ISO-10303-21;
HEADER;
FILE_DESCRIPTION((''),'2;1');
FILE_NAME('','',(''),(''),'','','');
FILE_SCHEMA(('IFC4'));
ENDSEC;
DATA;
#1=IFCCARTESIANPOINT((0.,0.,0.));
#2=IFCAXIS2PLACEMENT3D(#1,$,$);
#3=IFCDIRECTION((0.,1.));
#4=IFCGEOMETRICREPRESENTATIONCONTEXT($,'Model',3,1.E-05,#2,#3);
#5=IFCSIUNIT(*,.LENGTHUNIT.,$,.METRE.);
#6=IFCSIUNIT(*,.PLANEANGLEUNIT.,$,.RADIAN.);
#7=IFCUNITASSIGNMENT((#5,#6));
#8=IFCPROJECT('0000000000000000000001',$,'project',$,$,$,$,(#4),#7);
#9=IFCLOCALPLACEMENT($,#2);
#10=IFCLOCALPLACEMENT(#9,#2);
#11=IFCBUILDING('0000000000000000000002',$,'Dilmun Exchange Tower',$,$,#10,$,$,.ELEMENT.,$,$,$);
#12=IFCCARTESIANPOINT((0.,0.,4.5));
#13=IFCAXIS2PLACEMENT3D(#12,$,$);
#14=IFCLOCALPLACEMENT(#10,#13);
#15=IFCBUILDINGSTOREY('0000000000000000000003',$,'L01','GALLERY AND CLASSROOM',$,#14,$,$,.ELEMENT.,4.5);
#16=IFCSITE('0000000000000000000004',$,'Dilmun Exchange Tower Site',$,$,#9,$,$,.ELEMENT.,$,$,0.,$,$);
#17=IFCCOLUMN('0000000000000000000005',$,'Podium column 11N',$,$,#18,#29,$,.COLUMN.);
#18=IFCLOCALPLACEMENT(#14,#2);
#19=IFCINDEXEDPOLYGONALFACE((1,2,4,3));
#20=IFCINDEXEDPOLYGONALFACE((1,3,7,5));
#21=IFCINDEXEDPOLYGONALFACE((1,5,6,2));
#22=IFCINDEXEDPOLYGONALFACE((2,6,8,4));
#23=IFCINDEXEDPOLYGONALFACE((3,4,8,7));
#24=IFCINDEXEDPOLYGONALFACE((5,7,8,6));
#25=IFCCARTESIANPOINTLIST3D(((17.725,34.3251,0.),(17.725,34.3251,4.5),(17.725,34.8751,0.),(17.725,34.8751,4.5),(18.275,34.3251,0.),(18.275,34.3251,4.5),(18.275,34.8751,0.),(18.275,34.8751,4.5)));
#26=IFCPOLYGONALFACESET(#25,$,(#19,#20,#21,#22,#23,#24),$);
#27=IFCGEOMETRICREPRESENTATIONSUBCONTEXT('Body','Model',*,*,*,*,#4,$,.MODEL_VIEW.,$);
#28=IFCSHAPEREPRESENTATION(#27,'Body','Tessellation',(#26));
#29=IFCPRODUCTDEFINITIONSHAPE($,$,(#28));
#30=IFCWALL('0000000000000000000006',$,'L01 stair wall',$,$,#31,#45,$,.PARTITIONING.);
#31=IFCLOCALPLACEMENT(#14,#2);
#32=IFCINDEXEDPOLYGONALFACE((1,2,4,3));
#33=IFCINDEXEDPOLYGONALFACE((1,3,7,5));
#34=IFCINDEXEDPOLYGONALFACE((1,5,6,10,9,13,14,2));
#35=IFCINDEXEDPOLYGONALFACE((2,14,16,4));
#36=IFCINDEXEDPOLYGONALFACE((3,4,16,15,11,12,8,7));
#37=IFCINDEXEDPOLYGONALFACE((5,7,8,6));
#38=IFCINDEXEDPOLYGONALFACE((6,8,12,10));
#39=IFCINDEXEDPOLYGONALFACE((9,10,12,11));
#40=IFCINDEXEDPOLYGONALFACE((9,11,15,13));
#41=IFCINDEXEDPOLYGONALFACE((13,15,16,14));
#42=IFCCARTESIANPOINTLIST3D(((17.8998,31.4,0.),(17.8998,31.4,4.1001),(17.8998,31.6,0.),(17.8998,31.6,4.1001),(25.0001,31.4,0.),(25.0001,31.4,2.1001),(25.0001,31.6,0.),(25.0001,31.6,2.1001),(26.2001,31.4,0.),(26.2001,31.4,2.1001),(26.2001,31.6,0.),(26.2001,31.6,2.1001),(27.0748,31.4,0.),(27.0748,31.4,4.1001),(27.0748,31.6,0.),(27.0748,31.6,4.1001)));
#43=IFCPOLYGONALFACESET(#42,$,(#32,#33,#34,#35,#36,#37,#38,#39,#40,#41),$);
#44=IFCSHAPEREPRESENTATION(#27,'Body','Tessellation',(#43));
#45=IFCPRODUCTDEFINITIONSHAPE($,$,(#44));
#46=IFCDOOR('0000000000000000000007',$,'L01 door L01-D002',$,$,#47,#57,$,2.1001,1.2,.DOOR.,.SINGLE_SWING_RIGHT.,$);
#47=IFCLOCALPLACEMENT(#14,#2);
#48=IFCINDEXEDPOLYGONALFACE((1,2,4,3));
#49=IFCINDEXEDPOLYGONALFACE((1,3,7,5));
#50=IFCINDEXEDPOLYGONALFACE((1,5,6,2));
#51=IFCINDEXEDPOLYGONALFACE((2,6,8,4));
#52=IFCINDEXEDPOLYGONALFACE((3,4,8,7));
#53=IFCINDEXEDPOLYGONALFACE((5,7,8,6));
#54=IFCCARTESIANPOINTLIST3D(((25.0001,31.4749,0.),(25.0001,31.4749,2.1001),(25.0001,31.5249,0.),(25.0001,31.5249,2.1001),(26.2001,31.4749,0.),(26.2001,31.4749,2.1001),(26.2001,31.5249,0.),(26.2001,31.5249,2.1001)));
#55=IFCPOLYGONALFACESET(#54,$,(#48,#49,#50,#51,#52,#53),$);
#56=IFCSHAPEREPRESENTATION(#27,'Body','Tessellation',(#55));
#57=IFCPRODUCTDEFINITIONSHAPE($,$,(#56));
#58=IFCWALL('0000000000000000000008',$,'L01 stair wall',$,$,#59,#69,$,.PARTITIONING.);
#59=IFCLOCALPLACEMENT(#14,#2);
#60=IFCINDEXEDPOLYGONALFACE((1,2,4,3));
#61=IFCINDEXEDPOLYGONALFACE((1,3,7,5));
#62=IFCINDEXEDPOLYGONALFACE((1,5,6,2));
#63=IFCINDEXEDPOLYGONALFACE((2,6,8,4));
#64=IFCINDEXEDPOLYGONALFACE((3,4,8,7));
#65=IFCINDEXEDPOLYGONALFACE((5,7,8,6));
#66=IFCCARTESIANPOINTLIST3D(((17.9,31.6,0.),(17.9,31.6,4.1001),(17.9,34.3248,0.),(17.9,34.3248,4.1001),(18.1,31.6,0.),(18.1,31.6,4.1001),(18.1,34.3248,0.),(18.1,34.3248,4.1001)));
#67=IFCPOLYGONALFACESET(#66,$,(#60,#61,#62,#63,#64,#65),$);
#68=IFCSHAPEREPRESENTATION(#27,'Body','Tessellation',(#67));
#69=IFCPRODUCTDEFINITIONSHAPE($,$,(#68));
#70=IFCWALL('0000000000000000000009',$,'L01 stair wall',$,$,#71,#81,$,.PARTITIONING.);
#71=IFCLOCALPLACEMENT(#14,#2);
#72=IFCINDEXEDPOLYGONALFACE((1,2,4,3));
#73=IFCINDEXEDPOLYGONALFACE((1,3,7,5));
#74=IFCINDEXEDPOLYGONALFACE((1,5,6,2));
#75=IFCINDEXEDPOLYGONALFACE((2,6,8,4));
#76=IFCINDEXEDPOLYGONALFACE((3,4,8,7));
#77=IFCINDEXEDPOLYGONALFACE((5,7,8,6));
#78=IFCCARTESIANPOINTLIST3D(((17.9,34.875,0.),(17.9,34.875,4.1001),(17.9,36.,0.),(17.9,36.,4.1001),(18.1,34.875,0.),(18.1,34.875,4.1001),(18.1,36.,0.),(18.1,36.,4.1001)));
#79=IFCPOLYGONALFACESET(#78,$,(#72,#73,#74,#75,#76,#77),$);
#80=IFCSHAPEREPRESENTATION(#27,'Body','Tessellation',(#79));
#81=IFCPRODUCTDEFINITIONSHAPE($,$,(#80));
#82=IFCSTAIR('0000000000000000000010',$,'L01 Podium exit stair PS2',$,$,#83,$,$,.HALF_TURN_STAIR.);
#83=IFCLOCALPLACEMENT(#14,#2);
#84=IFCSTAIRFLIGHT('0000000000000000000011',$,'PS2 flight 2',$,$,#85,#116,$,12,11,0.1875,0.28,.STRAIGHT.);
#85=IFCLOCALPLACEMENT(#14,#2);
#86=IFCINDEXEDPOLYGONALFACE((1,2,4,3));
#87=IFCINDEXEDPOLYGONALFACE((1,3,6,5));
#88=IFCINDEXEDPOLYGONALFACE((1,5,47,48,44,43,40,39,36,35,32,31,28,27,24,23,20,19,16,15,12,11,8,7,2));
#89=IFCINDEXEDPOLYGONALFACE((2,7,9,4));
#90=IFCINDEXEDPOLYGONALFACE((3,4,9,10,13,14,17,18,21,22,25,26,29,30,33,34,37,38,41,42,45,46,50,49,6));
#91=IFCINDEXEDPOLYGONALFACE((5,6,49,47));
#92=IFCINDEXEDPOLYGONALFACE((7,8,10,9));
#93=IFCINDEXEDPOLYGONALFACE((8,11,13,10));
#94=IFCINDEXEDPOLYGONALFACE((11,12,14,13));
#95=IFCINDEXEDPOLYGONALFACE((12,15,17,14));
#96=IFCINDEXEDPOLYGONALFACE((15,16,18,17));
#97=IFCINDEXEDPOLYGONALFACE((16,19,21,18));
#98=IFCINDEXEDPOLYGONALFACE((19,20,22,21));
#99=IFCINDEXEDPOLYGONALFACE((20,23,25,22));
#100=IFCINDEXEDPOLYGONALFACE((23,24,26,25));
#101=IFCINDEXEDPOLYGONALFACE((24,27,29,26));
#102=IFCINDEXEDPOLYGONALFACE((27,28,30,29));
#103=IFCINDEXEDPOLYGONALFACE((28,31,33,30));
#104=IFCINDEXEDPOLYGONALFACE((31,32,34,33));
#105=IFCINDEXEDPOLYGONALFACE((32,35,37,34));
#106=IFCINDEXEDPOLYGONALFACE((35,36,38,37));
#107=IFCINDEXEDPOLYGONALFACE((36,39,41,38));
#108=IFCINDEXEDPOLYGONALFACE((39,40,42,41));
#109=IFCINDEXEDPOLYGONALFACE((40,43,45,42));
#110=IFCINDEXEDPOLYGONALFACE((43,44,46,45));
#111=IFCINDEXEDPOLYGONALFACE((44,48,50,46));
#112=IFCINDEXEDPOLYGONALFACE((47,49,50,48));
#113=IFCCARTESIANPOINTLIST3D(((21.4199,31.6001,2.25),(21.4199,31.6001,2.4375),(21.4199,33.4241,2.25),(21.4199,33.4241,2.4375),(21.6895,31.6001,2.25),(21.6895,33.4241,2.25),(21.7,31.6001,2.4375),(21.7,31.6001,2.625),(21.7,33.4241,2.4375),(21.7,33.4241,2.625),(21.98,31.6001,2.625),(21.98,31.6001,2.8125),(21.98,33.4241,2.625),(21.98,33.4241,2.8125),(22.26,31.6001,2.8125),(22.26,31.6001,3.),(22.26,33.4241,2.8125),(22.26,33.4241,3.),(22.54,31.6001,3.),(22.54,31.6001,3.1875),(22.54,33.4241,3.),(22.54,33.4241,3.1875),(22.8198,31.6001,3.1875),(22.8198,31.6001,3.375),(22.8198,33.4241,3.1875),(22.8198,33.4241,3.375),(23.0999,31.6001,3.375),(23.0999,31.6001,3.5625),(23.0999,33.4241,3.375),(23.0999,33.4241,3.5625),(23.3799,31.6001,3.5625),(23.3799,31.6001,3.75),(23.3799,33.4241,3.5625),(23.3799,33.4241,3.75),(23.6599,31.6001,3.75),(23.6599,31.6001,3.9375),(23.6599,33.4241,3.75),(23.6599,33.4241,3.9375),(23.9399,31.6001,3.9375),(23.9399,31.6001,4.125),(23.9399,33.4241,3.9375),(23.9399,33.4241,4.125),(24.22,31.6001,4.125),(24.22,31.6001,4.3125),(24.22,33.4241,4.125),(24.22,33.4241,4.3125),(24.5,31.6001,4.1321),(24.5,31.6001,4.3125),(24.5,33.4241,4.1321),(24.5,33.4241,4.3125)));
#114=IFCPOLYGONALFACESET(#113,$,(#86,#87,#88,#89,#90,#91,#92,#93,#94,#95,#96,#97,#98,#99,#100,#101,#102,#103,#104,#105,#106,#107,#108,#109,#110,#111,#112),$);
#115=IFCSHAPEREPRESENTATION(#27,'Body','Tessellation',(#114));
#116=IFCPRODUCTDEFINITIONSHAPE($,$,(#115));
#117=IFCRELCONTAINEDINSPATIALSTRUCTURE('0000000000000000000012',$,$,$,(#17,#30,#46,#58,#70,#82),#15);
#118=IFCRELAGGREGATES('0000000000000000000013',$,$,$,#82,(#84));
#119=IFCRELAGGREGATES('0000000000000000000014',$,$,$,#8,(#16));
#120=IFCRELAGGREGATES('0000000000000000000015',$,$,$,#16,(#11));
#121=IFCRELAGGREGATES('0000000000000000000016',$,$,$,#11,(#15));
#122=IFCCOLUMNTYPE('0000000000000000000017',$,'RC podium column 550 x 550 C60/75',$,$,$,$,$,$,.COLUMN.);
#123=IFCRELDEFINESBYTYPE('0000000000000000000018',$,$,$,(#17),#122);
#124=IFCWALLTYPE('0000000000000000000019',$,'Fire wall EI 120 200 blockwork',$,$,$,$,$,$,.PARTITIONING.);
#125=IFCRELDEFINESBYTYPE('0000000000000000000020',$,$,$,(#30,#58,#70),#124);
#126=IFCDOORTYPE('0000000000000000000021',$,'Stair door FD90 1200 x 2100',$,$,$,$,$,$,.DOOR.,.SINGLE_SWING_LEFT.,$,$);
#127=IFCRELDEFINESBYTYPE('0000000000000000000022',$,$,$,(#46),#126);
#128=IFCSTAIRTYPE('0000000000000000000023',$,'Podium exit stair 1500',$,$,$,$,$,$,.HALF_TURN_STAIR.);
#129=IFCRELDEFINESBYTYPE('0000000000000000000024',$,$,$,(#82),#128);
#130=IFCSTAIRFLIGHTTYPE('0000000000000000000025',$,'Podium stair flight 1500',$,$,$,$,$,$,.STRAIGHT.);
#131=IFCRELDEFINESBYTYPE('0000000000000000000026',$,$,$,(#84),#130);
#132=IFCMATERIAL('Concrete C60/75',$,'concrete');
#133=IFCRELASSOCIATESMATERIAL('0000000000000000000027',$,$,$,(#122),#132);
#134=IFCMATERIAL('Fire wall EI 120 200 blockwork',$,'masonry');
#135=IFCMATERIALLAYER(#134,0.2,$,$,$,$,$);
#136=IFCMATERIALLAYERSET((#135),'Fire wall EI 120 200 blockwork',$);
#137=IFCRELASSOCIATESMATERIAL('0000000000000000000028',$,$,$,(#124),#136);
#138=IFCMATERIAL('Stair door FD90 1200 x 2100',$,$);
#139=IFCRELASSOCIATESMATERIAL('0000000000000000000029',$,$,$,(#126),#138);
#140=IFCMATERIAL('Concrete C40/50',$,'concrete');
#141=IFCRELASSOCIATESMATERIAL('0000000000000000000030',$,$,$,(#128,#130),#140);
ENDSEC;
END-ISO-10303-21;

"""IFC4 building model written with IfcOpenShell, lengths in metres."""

from ifc_helpers import new_model, si_unit, direction, frame, frame_2d, origin, origin_2d, place, context, subcontext, project, spatial, polyline, rectangle, outline, extrude, material, layer, layer_set, material_profile, profile_set, type_object, element, fill, aggregate, save


model = new_model("IFC4")

# Units and contexts
model_context = context("Model", 3, precision=1e-05, world=origin(), true_north=direction((0.0, 1.0)))
body_context = subcontext(model_context, "Body", "Model", "MODEL_VIEW")
ifc_project = project(units=[si_unit("LENGTHUNIT", "METRE"), si_unit("PLANEANGLEUNIT", "RADIAN")], contexts=[model_context])

# Site, building, storey
site_placement = place(None, origin())
site = spatial("IfcSite", under=ifc_project, at=site_placement, Name="Dilmun Exchange Tower Site", CompositionType="ELEMENT", RefElevation=0.0)
building_placement = place(site_placement, origin())
building = spatial("IfcBuilding", under=site, at=building_placement, Name="Dilmun Exchange Tower", CompositionType="ELEMENT")
storey_placement = place(building_placement, frame((0.0, 0.0, 4.5)))
storey = spatial("IfcBuildingStorey", under=building, at=storey_placement, Name="L01", Description="GALLERY AND CLASSROOM", CompositionType="ELEMENT", Elevation=4.5)

# Column
ifc_material_1 = material(Name="Concrete C60/75", Category="concrete")
ifc_material_profile = material_profile(ifc_material_1, rectangle(XDim=0.55, YDim=0.55, at=origin_2d()), Name="550 x 550")
ifc_profile_set = profile_set([ifc_material_profile], Name="Concrete C60/75")
column_type = type_object("IfcColumnType", Name="RC podium column 550 x 550 C60/75", PredefinedType="COLUMN", material=ifc_profile_set)
column_placement = place(storey_placement, frame((18.0, 34.6001, 0.0), z_axis=(0.0, 0.0, 1.0), x_axis=(1.0, 0.0, 0.0)))
element("IfcColumn", 1, at=column_placement, inside=storey, type_object=column_type, Name="Podium column 11N", PredefinedType="COLUMN", context=body_context, shape_type="SweptSolid", body=[
    extrude(rectangle(XDim=0.55, YDim=0.55, at=origin_2d()), origin(), (0.0, 0.0, 1.0), 4.5),
])

# Wall, opening, door
ifc_material_2 = material(Name="Fire wall EI 120 200 blockwork", Category="masonry")
ifc_layer = layer(ifc_material_2, 0.2)
ifc_layer_set = layer_set([ifc_layer], Name="Fire wall EI 120 200 blockwork")
wall_type = type_object("IfcWallType", Name="Fire wall EI 120 200 blockwork", PredefinedType="PARTITIONING", material=ifc_layer_set)
wall_1_placement = place(storey_placement, frame((17.8999, 31.5, 0.0), z_axis=(0.0, 0.0, 1.0), x_axis=(1.0, 0.0, 0.0)))
wall_1 = element("IfcWall", 2, at=wall_1_placement, inside=storey, type_object=wall_type, Name="L01 stair wall", PredefinedType="PARTITIONING", context=body_context, shape_type="SweptSolid", body=[
    extrude(rectangle(XDim=9.175, YDim=0.2, at=frame_2d((4.5874, 0.0))), origin(), (0.0, 0.0, 1.0), 4.1001),
])
opening_placement = place(wall_1_placement, frame((7.1001, 0.0, 0.0)))
opening = element("IfcOpeningElement", 3, at=opening_placement, cuts=wall_1, PredefinedType="OPENING", context=body_context, shape_type="SweptSolid", body=[
    extrude(rectangle(XDim=1.2, YDim=2.1001, at=frame_2d((0.6001, 1.05))), frame((0.0, 0.1099, 0.0), z_axis=(0.0, -1.0, 0.0), x_axis=(1.0, 0.0, 0.0)), (0.0, 0.0, 1.0), 0.22),
])
ifc_material_3 = material(Name="Stair door FD90 1200 x 2100")
door_type = type_object("IfcDoorType", Name="Stair door FD90 1200 x 2100", OperationType="SINGLE_SWING_LEFT", PredefinedType="DOOR", material=ifc_material_3)
door_placement = place(opening_placement, origin())
door = element("IfcDoor", 4, at=door_placement, inside=storey, type_object=door_type, Name="L01 door L01-D002", OperationType="SINGLE_SWING_RIGHT", OverallHeight=2.1001, OverallWidth=1.2, PredefinedType="DOOR", context=body_context, shape_type="SweptSolid", body=[
    extrude(rectangle(XDim=1.2, YDim=2.1001, at=frame_2d((0.6001, 1.05))), frame((0.0, 0.0249, 0.0), z_axis=(0.0, -1.0, 0.0), x_axis=(1.0, 0.0, 0.0)), (0.0, 0.0, 1.0), 0.05),
])
fill(opening, door)

# Walls
wall_2_placement = place(storey_placement, frame((18.0, 31.6001, 0.0), z_axis=(0.0, 0.0, 1.0), x_axis=(0.0, 1.0, 0.0)))
element("IfcWall", 5, at=wall_2_placement, inside=storey, type_object=wall_type, Name="L01 stair wall", PredefinedType="PARTITIONING", context=body_context, shape_type="SweptSolid", body=[
    extrude(rectangle(XDim=2.7249, YDim=0.2, at=frame_2d((1.3623, 0.0))), origin(), (0.0, 0.0, 1.0), 4.1001),
])
wall_3_placement = place(storey_placement, frame((18.0, 34.875, 0.0), z_axis=(0.0, 0.0, 1.0), x_axis=(0.0, 1.0, 0.0)))
element("IfcWall", 6, at=wall_3_placement, inside=storey, type_object=wall_type, Name="L01 stair wall", PredefinedType="PARTITIONING", context=body_context, shape_type="SweptSolid", body=[
    extrude(rectangle(XDim=1.125, YDim=0.2, at=frame_2d((0.5625, 0.0))), origin(), (0.0, 0.0, 1.0), 4.1001),
])

# Stair, stair flight
ifc_material_4 = material(Name="Concrete C40/50", Category="concrete")
stair_type = type_object("IfcStairType", Name="Podium exit stair 1500", PredefinedType="HALF_TURN_STAIR", material=ifc_material_4)
stair_placement = place(storey_placement, origin())
stair = element("IfcStair", 7, at=stair_placement, inside=storey, type_object=stair_type, Name="L01 Podium exit stair PS2", PredefinedType="HALF_TURN_STAIR")
stair_flight_type = type_object("IfcStairFlightType", Name="Podium stair flight 1500", PredefinedType="STRAIGHT", material=ifc_material_4)
stair_flight_placement = place(storey_placement, frame((21.4199, 32.512, 2.25), z_axis=(0.0, 0.0, 1.0), x_axis=(1.0, 0.0, 0.0)))
stair_flight = element("IfcStairFlight", 8, at=stair_flight_placement, type_object=stair_flight_type, Name="PS2 flight 2", NumberOfRisers=12, NumberOfTreads=11, PredefinedType="STRAIGHT", RiserHeight=0.1875, TreadLength=0.28, context=body_context, shape_type="SweptSolid", body=[
    extrude(outline(polyline([(0.0, 0.0), (0.0, 0.1875), (0.28, 0.1875), (0.28, 0.375), (0.5601, 0.375), (0.5601, 0.5625), (0.8401, 0.5625), (0.8401, 0.75), (1.1201, 0.75), (1.1201, 0.9375), (1.3999, 0.9375), (1.3999, 1.125), (1.6799, 1.125), (1.6799, 1.3125), (1.96, 1.3125), (1.96, 1.5), (2.24, 1.5), (2.24, 1.6875), (2.52, 1.6875), (2.52, 1.875), (2.8, 1.875), (2.8, 2.0625), (3.0801, 2.0625), (3.0801, 2.25), (3.0801, 1.8821), (0.2695, 0.0), (0.0, 0.0)])), frame((0.0, 0.9121, 0.0), z_axis=(0.0, -1.0, 0.0), x_axis=(1.0, 0.0, 0.0)), (0.0, 0.0, 1.0), 1.824),
])
aggregate(stair, [stair_flight])

save(model, "model.ifc")
